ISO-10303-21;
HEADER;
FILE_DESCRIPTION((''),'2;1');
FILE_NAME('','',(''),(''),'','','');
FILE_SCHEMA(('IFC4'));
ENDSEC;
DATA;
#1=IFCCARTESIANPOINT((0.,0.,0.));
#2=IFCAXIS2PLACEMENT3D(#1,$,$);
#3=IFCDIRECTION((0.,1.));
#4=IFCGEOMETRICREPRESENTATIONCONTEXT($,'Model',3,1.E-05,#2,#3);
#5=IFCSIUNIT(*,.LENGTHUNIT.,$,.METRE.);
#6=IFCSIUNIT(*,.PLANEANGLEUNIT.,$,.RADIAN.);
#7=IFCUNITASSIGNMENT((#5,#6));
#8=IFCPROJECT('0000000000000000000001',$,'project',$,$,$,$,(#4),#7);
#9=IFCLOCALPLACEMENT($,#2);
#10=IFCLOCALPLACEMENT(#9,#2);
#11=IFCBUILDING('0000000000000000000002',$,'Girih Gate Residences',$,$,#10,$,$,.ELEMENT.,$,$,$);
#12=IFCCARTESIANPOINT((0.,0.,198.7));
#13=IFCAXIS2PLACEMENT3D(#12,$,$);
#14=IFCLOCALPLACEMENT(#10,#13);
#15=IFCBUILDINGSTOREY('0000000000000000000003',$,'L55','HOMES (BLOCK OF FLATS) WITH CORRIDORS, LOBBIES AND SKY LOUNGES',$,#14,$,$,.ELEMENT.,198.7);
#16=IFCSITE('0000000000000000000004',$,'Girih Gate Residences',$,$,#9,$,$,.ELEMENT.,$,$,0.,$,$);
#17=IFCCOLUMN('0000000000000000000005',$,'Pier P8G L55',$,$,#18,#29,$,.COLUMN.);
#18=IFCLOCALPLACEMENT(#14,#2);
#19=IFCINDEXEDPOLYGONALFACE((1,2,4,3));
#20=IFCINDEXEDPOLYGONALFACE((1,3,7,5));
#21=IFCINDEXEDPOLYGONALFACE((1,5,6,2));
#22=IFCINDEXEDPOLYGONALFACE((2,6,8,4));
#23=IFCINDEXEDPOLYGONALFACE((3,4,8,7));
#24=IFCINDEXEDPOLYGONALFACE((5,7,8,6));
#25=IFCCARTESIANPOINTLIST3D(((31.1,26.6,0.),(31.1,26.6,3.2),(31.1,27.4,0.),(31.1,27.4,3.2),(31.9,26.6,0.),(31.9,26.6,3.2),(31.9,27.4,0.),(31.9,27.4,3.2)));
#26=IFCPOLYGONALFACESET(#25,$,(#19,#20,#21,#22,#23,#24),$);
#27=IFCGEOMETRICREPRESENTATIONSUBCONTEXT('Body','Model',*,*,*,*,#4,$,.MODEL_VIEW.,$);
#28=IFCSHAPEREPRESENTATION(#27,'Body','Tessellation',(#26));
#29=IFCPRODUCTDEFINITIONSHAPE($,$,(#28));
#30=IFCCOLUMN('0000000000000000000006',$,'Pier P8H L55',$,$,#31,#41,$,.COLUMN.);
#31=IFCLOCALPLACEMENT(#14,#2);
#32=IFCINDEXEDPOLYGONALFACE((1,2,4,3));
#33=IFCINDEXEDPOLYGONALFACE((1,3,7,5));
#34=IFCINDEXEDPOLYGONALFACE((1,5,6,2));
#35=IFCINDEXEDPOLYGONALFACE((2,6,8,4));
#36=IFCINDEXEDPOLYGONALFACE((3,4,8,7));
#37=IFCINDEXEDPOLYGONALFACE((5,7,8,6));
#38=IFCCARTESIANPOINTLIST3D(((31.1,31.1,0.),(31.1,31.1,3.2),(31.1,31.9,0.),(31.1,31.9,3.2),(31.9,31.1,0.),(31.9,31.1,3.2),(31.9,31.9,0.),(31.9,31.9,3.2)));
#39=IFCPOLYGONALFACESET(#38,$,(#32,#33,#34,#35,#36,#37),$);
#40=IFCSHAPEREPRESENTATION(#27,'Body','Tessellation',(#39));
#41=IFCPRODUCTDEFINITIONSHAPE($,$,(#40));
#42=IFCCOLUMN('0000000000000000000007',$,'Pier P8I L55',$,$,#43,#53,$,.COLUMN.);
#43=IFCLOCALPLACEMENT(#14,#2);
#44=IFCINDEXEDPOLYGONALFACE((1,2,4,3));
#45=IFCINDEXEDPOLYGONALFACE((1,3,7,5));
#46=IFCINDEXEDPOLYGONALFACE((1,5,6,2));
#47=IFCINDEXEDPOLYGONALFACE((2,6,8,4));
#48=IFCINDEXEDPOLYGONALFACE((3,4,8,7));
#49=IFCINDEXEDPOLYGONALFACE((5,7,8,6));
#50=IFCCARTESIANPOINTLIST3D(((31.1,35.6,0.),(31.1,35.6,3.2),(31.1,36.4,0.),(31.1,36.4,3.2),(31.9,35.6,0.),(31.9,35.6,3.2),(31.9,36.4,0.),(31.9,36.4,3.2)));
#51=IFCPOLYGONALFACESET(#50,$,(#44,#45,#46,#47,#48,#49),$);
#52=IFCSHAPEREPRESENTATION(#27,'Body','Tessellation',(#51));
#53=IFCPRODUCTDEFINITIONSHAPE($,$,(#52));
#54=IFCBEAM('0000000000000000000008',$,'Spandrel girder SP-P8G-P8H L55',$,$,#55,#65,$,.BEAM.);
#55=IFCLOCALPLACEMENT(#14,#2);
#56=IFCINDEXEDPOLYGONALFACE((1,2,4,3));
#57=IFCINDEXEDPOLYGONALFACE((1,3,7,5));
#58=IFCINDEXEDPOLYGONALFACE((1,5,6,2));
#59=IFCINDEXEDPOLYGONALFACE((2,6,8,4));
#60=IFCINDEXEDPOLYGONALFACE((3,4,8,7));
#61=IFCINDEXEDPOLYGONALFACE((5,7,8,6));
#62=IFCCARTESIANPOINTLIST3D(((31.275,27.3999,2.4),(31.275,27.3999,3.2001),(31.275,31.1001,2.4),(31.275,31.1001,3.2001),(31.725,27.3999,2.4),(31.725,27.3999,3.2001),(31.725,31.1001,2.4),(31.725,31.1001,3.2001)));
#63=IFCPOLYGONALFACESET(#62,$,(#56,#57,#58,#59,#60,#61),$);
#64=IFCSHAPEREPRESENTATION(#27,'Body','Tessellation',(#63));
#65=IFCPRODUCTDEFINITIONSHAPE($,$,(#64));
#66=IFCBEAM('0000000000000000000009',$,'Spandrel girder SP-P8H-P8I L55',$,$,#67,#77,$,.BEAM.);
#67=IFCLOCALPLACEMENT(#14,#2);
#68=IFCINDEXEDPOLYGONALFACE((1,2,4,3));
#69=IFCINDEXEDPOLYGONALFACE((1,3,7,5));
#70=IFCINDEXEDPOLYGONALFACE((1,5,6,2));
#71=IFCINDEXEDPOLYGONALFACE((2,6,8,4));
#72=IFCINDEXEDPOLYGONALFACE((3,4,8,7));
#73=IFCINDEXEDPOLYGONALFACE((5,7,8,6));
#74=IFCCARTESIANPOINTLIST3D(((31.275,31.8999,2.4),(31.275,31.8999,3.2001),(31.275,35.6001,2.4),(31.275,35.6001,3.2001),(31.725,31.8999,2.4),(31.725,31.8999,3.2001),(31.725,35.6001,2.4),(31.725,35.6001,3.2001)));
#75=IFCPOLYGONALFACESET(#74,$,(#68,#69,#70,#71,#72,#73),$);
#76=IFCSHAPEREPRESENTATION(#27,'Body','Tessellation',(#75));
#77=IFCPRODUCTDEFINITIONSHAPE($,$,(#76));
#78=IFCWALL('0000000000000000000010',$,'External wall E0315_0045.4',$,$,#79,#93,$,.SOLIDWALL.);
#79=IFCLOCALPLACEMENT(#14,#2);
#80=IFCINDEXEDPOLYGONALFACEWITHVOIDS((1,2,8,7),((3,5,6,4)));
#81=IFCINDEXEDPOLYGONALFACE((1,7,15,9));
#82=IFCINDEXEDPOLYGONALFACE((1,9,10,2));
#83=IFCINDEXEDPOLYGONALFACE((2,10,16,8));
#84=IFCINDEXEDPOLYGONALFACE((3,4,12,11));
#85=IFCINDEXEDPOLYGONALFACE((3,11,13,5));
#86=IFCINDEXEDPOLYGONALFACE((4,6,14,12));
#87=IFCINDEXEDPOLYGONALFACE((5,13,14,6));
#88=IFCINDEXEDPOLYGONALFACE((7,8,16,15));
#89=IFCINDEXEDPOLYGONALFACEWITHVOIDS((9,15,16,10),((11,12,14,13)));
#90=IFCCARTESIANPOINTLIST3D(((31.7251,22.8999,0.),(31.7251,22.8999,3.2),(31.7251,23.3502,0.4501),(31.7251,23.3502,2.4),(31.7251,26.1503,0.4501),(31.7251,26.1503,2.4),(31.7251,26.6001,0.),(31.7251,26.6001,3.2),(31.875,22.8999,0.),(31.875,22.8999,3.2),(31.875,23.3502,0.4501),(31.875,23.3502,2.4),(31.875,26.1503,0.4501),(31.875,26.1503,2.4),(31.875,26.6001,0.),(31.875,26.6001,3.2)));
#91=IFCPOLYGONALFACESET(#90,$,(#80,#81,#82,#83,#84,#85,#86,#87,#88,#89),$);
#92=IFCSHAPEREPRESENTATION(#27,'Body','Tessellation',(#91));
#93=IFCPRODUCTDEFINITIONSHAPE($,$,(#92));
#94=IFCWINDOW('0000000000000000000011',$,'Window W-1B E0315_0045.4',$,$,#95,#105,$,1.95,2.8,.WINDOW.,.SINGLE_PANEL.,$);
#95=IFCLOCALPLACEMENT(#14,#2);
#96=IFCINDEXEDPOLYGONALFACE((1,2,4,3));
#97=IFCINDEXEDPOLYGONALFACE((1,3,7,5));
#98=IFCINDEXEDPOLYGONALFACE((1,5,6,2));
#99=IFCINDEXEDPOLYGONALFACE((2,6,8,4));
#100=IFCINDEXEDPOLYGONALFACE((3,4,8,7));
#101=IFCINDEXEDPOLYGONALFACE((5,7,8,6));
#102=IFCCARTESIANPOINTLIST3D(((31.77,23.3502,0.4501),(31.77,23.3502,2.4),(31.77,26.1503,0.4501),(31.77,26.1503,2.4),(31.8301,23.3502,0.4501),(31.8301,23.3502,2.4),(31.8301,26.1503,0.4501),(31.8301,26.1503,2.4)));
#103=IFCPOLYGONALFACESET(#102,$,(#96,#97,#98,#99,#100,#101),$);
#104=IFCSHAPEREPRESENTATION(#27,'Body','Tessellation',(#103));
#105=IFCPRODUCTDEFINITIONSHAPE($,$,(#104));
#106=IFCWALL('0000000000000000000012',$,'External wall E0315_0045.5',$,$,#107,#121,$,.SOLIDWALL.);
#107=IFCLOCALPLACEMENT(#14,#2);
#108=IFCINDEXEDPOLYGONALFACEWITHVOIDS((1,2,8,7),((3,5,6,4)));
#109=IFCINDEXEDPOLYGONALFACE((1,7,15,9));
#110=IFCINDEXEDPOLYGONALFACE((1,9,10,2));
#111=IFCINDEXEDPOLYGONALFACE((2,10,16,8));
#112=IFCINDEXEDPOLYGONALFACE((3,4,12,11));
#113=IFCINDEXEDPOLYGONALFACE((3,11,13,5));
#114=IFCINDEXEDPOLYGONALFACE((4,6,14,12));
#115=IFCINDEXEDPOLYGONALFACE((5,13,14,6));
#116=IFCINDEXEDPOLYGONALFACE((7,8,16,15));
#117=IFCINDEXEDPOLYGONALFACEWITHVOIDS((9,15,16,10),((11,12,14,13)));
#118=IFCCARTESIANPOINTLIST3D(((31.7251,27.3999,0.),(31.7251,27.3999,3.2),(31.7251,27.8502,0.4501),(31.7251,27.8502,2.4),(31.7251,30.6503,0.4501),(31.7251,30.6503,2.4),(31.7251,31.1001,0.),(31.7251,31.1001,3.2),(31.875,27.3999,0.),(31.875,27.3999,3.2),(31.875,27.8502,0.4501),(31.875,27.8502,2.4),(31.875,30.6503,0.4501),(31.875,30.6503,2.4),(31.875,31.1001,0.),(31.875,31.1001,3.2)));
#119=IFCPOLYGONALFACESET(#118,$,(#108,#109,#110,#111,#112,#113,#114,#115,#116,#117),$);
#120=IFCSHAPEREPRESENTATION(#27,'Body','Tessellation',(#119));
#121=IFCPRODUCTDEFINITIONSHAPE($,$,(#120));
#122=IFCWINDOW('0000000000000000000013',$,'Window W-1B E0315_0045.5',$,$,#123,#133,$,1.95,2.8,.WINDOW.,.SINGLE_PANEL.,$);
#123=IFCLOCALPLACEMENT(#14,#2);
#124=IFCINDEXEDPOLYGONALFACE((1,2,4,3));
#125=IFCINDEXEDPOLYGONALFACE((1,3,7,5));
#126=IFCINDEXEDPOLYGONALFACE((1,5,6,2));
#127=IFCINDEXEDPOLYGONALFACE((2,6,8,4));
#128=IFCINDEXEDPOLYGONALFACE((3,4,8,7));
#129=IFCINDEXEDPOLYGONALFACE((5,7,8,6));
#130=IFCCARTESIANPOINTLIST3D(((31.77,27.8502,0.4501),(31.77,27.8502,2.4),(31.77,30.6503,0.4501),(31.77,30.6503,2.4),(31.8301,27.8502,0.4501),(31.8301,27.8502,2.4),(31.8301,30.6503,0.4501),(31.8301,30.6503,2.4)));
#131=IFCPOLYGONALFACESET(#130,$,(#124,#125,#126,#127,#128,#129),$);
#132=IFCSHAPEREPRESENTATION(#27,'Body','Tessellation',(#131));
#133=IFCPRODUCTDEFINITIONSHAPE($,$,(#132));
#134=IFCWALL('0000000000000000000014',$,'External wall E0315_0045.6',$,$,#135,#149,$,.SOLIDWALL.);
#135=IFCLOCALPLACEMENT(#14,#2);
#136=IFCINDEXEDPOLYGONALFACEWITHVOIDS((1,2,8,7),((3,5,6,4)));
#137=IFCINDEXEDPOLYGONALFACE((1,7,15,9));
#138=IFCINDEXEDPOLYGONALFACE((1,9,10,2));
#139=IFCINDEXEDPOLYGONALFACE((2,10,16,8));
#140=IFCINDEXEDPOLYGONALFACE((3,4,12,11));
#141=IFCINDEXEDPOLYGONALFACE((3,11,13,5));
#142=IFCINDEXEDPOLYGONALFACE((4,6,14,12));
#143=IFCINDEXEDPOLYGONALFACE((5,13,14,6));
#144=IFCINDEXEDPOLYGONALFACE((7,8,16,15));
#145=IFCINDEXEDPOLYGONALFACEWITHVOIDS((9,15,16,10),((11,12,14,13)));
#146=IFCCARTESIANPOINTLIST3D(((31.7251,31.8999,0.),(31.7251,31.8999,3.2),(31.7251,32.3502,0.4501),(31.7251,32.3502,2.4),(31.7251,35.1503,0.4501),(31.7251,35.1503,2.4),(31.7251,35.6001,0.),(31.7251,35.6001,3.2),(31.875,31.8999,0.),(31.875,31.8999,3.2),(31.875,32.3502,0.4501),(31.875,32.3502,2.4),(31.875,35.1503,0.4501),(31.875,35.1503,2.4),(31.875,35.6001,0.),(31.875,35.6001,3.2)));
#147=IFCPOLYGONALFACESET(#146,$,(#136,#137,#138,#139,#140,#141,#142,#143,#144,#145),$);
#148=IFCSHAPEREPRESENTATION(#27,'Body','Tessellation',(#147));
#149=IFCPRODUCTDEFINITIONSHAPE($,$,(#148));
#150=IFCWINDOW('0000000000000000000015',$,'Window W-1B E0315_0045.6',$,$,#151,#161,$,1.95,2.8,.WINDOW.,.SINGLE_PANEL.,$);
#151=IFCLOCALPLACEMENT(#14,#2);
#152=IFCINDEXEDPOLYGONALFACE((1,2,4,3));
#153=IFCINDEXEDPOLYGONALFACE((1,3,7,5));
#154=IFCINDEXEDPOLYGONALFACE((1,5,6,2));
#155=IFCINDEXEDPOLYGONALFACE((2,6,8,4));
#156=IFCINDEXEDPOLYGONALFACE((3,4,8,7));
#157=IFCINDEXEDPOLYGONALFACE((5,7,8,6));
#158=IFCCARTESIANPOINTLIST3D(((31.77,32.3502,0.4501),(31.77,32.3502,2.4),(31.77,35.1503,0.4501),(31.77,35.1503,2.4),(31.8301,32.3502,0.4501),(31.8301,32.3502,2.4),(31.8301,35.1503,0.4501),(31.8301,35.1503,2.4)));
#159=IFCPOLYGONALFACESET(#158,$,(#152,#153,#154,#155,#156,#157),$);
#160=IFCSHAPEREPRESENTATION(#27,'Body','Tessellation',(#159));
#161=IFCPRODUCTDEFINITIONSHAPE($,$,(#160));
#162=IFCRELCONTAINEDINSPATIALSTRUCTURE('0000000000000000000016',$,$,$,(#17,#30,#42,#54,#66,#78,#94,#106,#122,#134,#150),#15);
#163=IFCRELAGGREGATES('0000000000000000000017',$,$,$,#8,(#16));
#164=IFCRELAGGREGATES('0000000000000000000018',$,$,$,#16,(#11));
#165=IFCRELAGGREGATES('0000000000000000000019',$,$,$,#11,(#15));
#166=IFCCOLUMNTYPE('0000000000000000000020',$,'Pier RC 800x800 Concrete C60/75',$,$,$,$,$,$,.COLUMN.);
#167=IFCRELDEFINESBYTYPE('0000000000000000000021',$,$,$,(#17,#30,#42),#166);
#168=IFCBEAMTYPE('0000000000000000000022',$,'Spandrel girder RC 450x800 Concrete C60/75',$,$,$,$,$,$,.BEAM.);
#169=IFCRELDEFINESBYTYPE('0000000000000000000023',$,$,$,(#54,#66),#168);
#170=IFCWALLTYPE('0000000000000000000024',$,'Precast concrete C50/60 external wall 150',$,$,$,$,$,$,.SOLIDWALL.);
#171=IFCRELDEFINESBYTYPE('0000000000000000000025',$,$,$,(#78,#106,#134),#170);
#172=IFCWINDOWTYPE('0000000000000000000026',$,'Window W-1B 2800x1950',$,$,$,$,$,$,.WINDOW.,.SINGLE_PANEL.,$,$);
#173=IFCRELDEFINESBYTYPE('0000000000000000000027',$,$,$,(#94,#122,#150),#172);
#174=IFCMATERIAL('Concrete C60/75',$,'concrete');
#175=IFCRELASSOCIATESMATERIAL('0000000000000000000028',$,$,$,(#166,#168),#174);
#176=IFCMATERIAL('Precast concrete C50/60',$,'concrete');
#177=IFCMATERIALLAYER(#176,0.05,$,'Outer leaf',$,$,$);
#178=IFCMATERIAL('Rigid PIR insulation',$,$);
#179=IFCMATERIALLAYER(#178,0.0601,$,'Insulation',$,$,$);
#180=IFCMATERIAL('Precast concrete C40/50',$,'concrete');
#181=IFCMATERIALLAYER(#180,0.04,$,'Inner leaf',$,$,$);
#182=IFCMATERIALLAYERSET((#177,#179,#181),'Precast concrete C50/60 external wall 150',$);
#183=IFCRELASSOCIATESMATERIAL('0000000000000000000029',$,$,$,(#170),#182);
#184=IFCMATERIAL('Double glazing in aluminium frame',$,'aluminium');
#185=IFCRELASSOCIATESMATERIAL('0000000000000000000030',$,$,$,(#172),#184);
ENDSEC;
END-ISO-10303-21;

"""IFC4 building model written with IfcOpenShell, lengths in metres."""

from ifc_helpers import new_model, si_unit, direction, frame, frame_2d, origin, origin_2d, place, context, subcontext, project, spatial, rectangle, extrude, material, layer, layer_set, material_profile, profile_set, type_object, element, fill, save


model = new_model("IFC4")

# Units and contexts
model_context = context("Model", 3, precision=1e-05, world=origin(), true_north=direction((0.0, 1.0)))
body_context = subcontext(model_context, "Body", "Model", "MODEL_VIEW")
ifc_project = project(units=[si_unit("LENGTHUNIT", "METRE"), si_unit("PLANEANGLEUNIT", "RADIAN")], contexts=[model_context])

# Site, building, storey
site_placement = place(None, origin())
site = spatial("IfcSite", under=ifc_project, at=site_placement, Name="Girih Gate Residences", CompositionType="ELEMENT", RefElevation=0.0)
building_placement = place(site_placement, origin())
building = spatial("IfcBuilding", under=site, at=building_placement, Name="Girih Gate Residences", CompositionType="ELEMENT")
storey_placement = place(building_placement, frame((0.0, 0.0, 198.7)))
storey = spatial("IfcBuildingStorey", under=building, at=storey_placement, Name="L55", Description="HOMES (BLOCK OF FLATS) WITH CORRIDORS, LOBBIES AND SKY LOUNGES", CompositionType="ELEMENT", Elevation=198.7)

# Columns
ifc_material_1 = material(Name="Concrete C60/75", Category="concrete")
ifc_material_profile_1 = material_profile(ifc_material_1, rectangle(XDim=0.8, YDim=0.8, at=origin_2d()))
ifc_profile_set_1 = profile_set([ifc_material_profile_1], Name="Concrete C60/75")
column_type = type_object("IfcColumnType", Name="Pier RC 800x800 Concrete C60/75", PredefinedType="COLUMN", material=ifc_profile_set_1)
for number, where, z_axis, x_axis, name in (
    (1, (31.5, 27.0, 0.0), (0.0, 0.0, 1.0), (1.0, 0.0, 0.0), "Pier P8G L55"),
    (2, (31.5, 31.5, 0.0), (0.0, 0.0, 1.0), (1.0, 0.0, 0.0), "Pier P8H L55"),
    (3, (31.5, 36.0, 0.0), (0.0, 0.0, 1.0), (1.0, 0.0, 0.0), "Pier P8I L55"),
):
    element("IfcColumn", number, at=place(storey_placement, frame(where, z_axis=z_axis, x_axis=x_axis)), inside=storey, type_object=column_type, Name=name, PredefinedType="COLUMN", context=body_context, shape_type="SweptSolid", body=[
        extrude(rectangle(XDim=0.8, YDim=0.8, at=origin_2d()), origin(), (0.0, 0.0, 1.0), 3.2),
    ])

# Beams
ifc_material_profile_2 = material_profile(ifc_material_1, rectangle(XDim=0.45, YDim=0.8, at=origin_2d()))
ifc_profile_set_2 = profile_set([ifc_material_profile_2], Name="Concrete C60/75")
beam_type = type_object("IfcBeamType", Name="Spandrel girder RC 450x800 Concrete C60/75", PredefinedType="BEAM", material=ifc_profile_set_2)
for number, where, z_axis, x_axis, name in (
    (4, (31.5, 27.3999, 2.8), (0.0, 1.0, 0.0), (-1.0, 0.0, 0.0), "Spandrel girder SP-P8G-P8H L55"),
    (5, (31.5, 31.8999, 2.8), (0.0, 1.0, 0.0), (-1.0, 0.0, 0.0), "Spandrel girder SP-P8H-P8I L55"),
):
    element("IfcBeam", number, at=place(storey_placement, frame(where, z_axis=z_axis, x_axis=x_axis)), inside=storey, type_object=beam_type, Name=name, PredefinedType="BEAM", context=body_context, shape_type="SweptSolid", body=[
        extrude(rectangle(XDim=0.45, YDim=0.8, at=origin_2d()), origin(), (0.0, 0.0, 1.0), 3.7002),
    ])

# Walls, openings, windows
ifc_material_2 = material(Name="Precast concrete C50/60", Category="concrete")
ifc_layer_1 = layer(ifc_material_2, 0.05, Name="Outer leaf")
ifc_material_3 = material(Name="Rigid PIR insulation")
ifc_layer_2 = layer(ifc_material_3, 0.0601, Name="Insulation")
ifc_material_4 = material(Name="Precast concrete C40/50", Category="concrete")
ifc_layer_3 = layer(ifc_material_4, 0.04, Name="Inner leaf")
ifc_layer_set_1 = layer_set([ifc_layer_1, ifc_layer_2, ifc_layer_3], Name="Precast concrete C50/60 external wall 150")
wall_type_1 = type_object("IfcWallType", Name="Precast concrete C50/60 external wall 150", PredefinedType="SOLIDWALL", material=ifc_layer_set_1)
wall_1_placement = place(storey_placement, frame((31.8, 26.6001, 0.0), z_axis=(0.0, 0.0, 1.0), x_axis=(0.0, -1.0, 0.0)))
wall_1 = element("IfcWall", 6, at=wall_1_placement, inside=storey, type_object=wall_type_1, Name="External wall E0315_0045.4", PredefinedType="SOLIDWALL", context=body_context, shape_type="SweptSolid", body=[
    extrude(rectangle(XDim=3.7002, YDim=0.1499, at=frame_2d((1.8501, 0.0))), origin(), (0.0, 0.0, 1.0), 3.2),
])
opening_1_placement = place(wall_1_placement, frame((0.45, 0.0, 0.45)))
opening_1 = element("IfcOpeningElement", 7, at=opening_1_placement, cuts=wall_1, PredefinedType="OPENING", context=body_context, shape_type="SweptSolid", body=[
    extrude(rectangle(XDim=2.8, YDim=1.95, at=frame_2d((1.3999, 0.9751))), frame((0.0, 0.085, 0.0), z_axis=(0.0, -1.0, 0.0), x_axis=(1.0, 0.0, 0.0)), (0.0, 0.0, 1.0), 0.1699),
])
ifc_material_5 = material(Name="Double glazing in aluminium frame", Category="aluminium")
window_type = type_object("IfcWindowType", Name="Window W-1B 2800x1950", PartitioningType="SINGLE_PANEL", PredefinedType="WINDOW", material=ifc_material_5)
window_1_placement = place(opening_1_placement, origin())
window_1 = element("IfcWindow", 8, at=window_1_placement, inside=storey, type_object=window_type, Name="Window W-1B E0315_0045.4", OverallHeight=1.95, OverallWidth=2.8, PartitioningType="SINGLE_PANEL", PredefinedType="WINDOW", context=body_context, shape_type="SweptSolid", body=[
    extrude(rectangle(XDim=2.8, YDim=1.95, at=frame_2d((1.3999, 0.9751))), frame((0.0, 0.03, 0.0), z_axis=(0.0, -1.0, 0.0), x_axis=(1.0, 0.0, 0.0)), (0.0, 0.0, 1.0), 0.0601),
])
fill(opening_1, window_1)
wall_2_placement = place(storey_placement, frame((31.8, 31.1001, 0.0), z_axis=(0.0, 0.0, 1.0), x_axis=(0.0, -1.0, 0.0)))
wall_2 = element("IfcWall", 9, at=wall_2_placement, inside=storey, type_object=wall_type_1, Name="External wall E0315_0045.5", PredefinedType="SOLIDWALL", context=body_context, shape_type="SweptSolid", body=[
    extrude(rectangle(XDim=3.7002, YDim=0.1499, at=frame_2d((1.8501, 0.0))), origin(), (0.0, 0.0, 1.0), 3.2),
])
opening_2_placement = place(wall_2_placement, frame((0.45, 0.0, 0.45)))
opening_2 = element("IfcOpeningElement", 10, at=opening_2_placement, cuts=wall_2, PredefinedType="OPENING", context=body_context, shape_type="SweptSolid", body=[
    extrude(rectangle(XDim=2.8, YDim=1.95, at=frame_2d((1.3999, 0.9751))), frame((0.0, 0.085, 0.0), z_axis=(0.0, -1.0, 0.0), x_axis=(1.0, 0.0, 0.0)), (0.0, 0.0, 1.0), 0.1699),
])
window_2_placement = place(opening_2_placement, origin())
window_2 = element("IfcWindow", 11, at=window_2_placement, inside=storey, type_object=window_type, Name="Window W-1B E0315_0045.5", OverallHeight=1.95, OverallWidth=2.8, PartitioningType="SINGLE_PANEL", PredefinedType="WINDOW", context=body_context, shape_type="SweptSolid", body=[
    extrude(rectangle(XDim=2.8, YDim=1.95, at=frame_2d((1.3999, 0.9751))), frame((0.0, 0.03, 0.0), z_axis=(0.0, -1.0, 0.0), x_axis=(1.0, 0.0, 0.0)), (0.0, 0.0, 1.0), 0.0601),
])
fill(opening_2, window_2)
wall_3_placement = place(storey_placement, frame((31.8, 35.6001, 0.0), z_axis=(0.0, 0.0, 1.0), x_axis=(0.0, -1.0, 0.0)))
wall_3 = element("IfcWall", 12, at=wall_3_placement, inside=storey, type_object=wall_type_1, Name="External wall E0315_0045.6", PredefinedType="SOLIDWALL", context=body_context, shape_type="SweptSolid", body=[
    extrude(rectangle(XDim=3.7002, YDim=0.1499, at=frame_2d((1.8501, 0.0))), origin(), (0.0, 0.0, 1.0), 3.2),
])
opening_3_placement = place(wall_3_placement, frame((0.45, 0.0, 0.45)))
opening_3 = element("IfcOpeningElement", 13, at=opening_3_placement, cuts=wall_3, PredefinedType="OPENING", context=body_context, shape_type="SweptSolid", body=[
    extrude(rectangle(XDim=2.8, YDim=1.95, at=frame_2d((1.3999, 0.9751))), frame((0.0, 0.085, 0.0), z_axis=(0.0, -1.0, 0.0), x_axis=(1.0, 0.0, 0.0)), (0.0, 0.0, 1.0), 0.1699),
])
window_3_placement = place(opening_3_placement, origin())
window_3 = element("IfcWindow", 14, at=window_3_placement, inside=storey, type_object=window_type, Name="Window W-1B E0315_0045.6", OverallHeight=1.95, OverallWidth=2.8, PartitioningType="SINGLE_PANEL", PredefinedType="WINDOW", context=body_context, shape_type="SweptSolid", body=[
    extrude(rectangle(XDim=2.8, YDim=1.95, at=frame_2d((1.3999, 0.9751))), frame((0.0, 0.03, 0.0), z_axis=(0.0, -1.0, 0.0), x_axis=(1.0, 0.0, 0.0)), (0.0, 0.0, 1.0), 0.0601),
])
fill(opening_3, window_3)

save(model, "model.ifc")
